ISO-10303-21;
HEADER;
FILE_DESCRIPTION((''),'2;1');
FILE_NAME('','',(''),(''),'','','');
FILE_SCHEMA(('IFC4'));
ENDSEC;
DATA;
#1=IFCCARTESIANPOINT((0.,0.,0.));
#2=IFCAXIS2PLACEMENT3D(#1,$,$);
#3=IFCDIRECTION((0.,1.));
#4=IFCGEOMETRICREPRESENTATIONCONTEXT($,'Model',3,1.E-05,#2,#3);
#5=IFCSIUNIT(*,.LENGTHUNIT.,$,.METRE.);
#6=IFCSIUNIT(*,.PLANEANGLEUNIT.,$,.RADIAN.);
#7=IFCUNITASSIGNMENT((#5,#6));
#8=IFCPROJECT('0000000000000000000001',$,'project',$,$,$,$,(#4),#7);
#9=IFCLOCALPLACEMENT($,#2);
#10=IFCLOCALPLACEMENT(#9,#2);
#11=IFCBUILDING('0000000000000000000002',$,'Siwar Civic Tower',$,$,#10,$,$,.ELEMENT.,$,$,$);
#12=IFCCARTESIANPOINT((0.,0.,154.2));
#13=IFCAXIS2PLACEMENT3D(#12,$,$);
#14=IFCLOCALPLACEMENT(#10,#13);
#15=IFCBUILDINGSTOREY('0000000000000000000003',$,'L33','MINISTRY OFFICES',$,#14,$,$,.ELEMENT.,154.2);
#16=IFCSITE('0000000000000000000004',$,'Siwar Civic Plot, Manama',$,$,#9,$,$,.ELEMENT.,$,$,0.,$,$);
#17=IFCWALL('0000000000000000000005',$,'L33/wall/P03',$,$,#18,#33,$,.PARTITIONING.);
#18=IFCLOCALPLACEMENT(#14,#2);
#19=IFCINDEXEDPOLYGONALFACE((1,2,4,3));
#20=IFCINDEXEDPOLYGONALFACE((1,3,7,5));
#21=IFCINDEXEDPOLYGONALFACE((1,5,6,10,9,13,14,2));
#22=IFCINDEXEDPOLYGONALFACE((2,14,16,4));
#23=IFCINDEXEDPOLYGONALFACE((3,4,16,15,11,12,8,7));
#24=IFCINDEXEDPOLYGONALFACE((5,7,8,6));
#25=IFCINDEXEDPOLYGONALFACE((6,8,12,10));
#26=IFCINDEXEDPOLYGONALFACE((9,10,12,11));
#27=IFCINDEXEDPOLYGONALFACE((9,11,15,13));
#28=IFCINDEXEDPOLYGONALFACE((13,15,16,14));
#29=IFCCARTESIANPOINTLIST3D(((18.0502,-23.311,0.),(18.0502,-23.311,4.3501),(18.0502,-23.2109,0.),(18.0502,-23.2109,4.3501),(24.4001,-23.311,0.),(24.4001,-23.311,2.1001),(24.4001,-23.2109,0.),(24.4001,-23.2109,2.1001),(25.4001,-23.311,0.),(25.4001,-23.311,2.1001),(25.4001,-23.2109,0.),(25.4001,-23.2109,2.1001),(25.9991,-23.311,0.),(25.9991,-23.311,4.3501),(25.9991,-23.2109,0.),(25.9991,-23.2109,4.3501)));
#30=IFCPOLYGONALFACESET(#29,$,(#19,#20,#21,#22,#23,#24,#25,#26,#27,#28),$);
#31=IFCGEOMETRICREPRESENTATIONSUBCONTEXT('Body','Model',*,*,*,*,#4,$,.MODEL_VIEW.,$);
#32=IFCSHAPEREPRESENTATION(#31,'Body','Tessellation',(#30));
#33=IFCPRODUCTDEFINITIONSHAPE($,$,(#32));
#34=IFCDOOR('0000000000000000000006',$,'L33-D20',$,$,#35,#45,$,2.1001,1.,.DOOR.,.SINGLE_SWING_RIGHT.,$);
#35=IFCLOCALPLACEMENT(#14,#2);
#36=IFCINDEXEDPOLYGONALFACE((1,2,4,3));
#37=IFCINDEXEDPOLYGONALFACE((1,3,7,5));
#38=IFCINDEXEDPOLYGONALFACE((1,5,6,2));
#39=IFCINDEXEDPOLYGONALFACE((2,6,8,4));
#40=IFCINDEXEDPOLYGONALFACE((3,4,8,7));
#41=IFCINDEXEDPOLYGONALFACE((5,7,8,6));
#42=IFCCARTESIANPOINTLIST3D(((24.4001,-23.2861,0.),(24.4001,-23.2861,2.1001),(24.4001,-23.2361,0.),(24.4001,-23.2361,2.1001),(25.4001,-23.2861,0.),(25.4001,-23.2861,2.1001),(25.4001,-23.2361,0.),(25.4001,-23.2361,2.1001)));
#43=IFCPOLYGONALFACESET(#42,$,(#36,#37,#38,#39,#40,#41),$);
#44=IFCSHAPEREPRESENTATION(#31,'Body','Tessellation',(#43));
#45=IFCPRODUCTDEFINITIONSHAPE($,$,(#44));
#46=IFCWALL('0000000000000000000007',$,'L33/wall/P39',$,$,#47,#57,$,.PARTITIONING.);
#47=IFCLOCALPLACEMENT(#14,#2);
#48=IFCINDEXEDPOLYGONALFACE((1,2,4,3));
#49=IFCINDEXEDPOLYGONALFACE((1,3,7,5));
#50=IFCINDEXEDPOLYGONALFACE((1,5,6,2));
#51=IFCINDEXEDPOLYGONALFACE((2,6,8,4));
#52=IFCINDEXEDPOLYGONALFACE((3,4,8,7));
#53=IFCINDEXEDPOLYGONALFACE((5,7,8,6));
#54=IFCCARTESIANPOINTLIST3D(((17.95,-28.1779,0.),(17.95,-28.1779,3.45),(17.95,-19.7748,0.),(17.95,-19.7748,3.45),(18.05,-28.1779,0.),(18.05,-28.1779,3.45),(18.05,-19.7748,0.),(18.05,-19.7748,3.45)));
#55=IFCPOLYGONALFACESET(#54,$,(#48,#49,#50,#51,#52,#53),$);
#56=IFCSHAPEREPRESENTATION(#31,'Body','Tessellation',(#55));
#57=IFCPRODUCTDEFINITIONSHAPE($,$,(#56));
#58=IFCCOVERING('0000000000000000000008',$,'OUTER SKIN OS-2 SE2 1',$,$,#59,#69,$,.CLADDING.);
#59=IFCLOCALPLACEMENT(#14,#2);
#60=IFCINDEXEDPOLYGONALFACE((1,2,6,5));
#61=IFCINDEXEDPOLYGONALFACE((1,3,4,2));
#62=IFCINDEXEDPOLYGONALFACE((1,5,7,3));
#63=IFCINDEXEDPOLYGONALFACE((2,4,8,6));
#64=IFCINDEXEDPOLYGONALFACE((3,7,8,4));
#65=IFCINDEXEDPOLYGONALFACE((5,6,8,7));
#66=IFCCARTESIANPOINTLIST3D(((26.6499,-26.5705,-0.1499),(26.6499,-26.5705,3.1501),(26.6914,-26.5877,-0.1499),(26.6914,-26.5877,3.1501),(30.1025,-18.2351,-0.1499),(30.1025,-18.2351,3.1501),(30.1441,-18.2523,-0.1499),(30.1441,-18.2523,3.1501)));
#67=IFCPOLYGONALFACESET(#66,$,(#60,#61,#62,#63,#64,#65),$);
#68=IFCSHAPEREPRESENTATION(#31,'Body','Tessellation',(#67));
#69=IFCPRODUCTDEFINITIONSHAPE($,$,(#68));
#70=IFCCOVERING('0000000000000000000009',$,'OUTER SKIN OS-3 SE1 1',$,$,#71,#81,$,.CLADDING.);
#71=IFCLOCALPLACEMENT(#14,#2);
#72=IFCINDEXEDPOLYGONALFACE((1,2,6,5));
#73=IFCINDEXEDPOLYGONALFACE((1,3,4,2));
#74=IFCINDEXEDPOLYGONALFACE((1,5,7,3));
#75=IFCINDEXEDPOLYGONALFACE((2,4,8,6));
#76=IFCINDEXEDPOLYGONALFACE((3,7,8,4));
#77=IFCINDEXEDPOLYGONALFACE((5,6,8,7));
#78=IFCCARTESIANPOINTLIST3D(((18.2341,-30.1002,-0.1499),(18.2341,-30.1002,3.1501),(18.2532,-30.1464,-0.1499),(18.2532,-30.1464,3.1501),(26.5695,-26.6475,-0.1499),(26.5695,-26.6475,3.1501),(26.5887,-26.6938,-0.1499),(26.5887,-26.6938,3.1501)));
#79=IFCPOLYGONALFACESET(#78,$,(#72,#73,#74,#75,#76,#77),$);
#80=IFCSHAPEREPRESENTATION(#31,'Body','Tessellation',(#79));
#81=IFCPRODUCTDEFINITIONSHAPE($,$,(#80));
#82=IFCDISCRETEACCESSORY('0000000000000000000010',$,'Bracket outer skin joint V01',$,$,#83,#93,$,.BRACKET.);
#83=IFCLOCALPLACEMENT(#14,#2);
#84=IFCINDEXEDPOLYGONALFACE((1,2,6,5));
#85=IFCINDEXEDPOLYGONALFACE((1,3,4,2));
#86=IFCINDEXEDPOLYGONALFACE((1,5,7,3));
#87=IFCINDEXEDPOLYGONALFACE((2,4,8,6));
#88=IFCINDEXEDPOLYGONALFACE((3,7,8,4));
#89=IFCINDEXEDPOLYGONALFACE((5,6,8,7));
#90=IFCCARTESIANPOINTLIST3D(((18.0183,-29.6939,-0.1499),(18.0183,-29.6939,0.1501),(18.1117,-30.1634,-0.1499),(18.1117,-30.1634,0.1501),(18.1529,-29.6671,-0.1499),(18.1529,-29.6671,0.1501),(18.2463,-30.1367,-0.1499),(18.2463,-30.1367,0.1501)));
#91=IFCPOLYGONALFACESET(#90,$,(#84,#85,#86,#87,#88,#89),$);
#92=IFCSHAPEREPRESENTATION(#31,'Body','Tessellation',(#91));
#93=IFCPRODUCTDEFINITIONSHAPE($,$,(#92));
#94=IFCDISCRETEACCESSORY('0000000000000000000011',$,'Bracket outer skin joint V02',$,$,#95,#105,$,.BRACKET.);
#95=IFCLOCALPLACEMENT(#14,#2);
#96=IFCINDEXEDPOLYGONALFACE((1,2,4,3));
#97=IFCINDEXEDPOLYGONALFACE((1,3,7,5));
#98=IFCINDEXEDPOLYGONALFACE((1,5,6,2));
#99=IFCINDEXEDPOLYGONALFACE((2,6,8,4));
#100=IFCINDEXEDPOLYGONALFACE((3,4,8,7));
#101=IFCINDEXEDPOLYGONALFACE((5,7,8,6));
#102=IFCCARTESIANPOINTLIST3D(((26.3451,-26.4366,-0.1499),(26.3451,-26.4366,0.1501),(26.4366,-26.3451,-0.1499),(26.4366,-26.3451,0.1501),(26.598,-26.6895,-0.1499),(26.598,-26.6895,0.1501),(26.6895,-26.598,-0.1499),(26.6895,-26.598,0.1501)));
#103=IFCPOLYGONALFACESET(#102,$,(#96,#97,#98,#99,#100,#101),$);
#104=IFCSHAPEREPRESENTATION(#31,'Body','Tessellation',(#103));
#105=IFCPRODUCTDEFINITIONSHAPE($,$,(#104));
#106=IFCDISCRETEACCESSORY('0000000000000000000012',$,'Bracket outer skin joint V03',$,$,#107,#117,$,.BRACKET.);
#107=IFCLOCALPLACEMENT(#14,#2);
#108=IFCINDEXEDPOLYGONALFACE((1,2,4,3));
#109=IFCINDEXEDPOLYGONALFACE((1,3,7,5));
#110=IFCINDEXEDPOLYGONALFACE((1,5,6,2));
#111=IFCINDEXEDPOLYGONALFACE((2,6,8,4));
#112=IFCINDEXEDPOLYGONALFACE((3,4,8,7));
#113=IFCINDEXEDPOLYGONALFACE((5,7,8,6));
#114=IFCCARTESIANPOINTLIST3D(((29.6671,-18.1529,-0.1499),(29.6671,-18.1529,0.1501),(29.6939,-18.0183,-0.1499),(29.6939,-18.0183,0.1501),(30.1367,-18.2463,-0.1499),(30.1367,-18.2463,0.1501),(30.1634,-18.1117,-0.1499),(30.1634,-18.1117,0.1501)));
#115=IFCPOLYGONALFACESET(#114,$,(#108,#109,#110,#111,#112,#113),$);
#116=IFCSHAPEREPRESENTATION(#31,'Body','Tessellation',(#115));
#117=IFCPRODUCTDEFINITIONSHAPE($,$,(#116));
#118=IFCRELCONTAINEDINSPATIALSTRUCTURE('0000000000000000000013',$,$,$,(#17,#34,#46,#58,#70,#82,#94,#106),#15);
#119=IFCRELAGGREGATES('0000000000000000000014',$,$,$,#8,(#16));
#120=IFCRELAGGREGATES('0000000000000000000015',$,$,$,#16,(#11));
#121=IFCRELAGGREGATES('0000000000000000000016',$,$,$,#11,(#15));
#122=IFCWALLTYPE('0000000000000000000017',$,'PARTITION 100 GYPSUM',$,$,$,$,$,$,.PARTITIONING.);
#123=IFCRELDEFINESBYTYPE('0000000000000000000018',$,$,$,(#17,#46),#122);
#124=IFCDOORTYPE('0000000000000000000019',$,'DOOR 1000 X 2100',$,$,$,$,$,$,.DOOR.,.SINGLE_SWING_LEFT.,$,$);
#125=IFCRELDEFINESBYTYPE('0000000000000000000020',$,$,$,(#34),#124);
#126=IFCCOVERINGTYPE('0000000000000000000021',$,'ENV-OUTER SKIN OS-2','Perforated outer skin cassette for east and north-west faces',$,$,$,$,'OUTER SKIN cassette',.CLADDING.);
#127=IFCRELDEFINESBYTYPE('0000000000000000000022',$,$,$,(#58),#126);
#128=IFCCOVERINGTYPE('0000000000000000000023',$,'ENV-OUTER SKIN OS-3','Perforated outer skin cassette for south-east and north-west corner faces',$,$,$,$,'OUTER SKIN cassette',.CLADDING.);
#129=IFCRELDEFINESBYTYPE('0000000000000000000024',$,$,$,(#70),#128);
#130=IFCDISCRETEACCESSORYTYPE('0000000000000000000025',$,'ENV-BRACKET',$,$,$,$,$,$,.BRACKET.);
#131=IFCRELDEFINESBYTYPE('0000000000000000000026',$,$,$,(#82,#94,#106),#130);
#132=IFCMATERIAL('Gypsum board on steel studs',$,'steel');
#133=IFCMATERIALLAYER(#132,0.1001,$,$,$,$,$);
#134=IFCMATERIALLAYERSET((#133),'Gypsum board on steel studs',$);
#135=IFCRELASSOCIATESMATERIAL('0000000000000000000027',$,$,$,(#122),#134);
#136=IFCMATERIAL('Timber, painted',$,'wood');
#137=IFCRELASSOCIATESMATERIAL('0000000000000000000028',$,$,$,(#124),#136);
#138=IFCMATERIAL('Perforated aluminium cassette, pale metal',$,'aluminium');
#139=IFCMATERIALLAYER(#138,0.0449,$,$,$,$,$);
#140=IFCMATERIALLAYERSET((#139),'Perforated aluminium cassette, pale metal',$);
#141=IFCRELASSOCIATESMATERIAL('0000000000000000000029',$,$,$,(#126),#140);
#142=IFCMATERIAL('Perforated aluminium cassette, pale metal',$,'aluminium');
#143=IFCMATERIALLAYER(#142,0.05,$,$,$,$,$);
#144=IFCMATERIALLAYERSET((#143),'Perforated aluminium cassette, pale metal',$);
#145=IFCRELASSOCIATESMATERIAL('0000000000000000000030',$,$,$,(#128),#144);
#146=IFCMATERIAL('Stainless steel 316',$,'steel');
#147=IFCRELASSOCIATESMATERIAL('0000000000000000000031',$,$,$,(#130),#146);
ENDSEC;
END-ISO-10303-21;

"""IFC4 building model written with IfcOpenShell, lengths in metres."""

from ifc_helpers import new_model, si_unit, direction, frame, frame_2d, origin, origin_2d, place, context, subcontext, project, spatial, rectangle, extrude, material, layer, layer_set, type_object, element, fill, save


model = new_model("IFC4")

# Units and contexts
model_context = context("Model", 3, precision=1e-05, world=origin(), true_north=direction((0.0, 1.0)))
body_context = subcontext(model_context, "Body", "Model", "MODEL_VIEW")
ifc_project = project(units=[si_unit("LENGTHUNIT", "METRE"), si_unit("PLANEANGLEUNIT", "RADIAN")], contexts=[model_context])

# Site, building, storey
site_placement = place(None, origin())
site = spatial("IfcSite", under=ifc_project, at=site_placement, Name="Siwar Civic Plot, Manama", CompositionType="ELEMENT", RefElevation=0.0)
building_placement = place(site_placement, origin())
building = spatial("IfcBuilding", under=site, at=building_placement, Name="Siwar Civic Tower", CompositionType="ELEMENT")
storey_placement = place(building_placement, frame((0.0, 0.0, 154.2)))
storey = spatial("IfcBuildingStorey", under=building, at=storey_placement, Name="L33", Description="MINISTRY OFFICES", CompositionType="ELEMENT", Elevation=154.2)

# Wall, opening, door
ifc_material_1 = material(Name="Gypsum board on steel studs", Category="steel")
ifc_layer_1 = layer(ifc_material_1, 0.1001)
ifc_layer_set_1 = layer_set([ifc_layer_1], Name="Gypsum board on steel studs")
wall_type = type_object("IfcWallType", Name="PARTITION 100 GYPSUM", PredefinedType="PARTITIONING", material=ifc_layer_set_1)
wall_1_placement = place(storey_placement, frame((18.05, -23.261, 0.0), z_axis=(0.0, 0.0, 1.0), x_axis=(1.0, 0.0, 0.0)))
wall_1 = element("IfcWall", 1, at=wall_1_placement, inside=storey, type_object=wall_type, Name="L33/wall/P03", PredefinedType="PARTITIONING", context=body_context, shape_type="SweptSolid", body=[
    extrude(rectangle(XDim=7.949, YDim=0.1001, at=frame_2d((3.9746, 0.0))), origin(), (0.0, 0.0, 1.0), 4.3501),
])
opening_placement = place(wall_1_placement, frame((6.3501, 0.0, 0.0)))
opening = element("IfcOpeningElement", 2, at=opening_placement, cuts=wall_1, PredefinedType="OPENING", context=body_context, shape_type="SweptSolid", body=[
    extrude(rectangle(XDim=1.0, YDim=2.1001, at=frame_2d((0.5, 1.05))), frame((0.0, 0.0601, 0.0), z_axis=(0.0, -1.0, 0.0), x_axis=(1.0, 0.0, 0.0)), (0.0, 0.0, 1.0), 0.1201),
])
ifc_material_2 = material(Name="Timber, painted", Category="wood")
door_type = type_object("IfcDoorType", Name="DOOR 1000 X 2100", OperationType="SINGLE_SWING_LEFT", PredefinedType="DOOR", material=ifc_material_2)
door_placement = place(opening_placement, origin())
door = element("IfcDoor", 3, at=door_placement, inside=storey, type_object=door_type, Name="L33-D20", OperationType="SINGLE_SWING_RIGHT", OverallHeight=2.1001, OverallWidth=1.0, PredefinedType="DOOR", context=body_context, shape_type="SweptSolid", body=[
    extrude(rectangle(XDim=1.0, YDim=2.1001, at=frame_2d((0.5, 1.05))), frame((0.0, 0.0249, 0.0), z_axis=(0.0, -1.0, 0.0), x_axis=(1.0, 0.0, 0.0)), (0.0, 0.0, 1.0), 0.05),
])
fill(opening, door)

# Wall
wall_2_placement = place(storey_placement, frame((18.0, -28.178, 0.0), z_axis=(0.0, 0.0, 1.0), x_axis=(0.0, 1.0, 0.0)))
element("IfcWall", 4, at=wall_2_placement, inside=storey, type_object=wall_type, Name="L33/wall/P39", PredefinedType="PARTITIONING", context=body_context, shape_type="SweptSolid", body=[
    extrude(rectangle(XDim=8.4031, YDim=0.1001, at=frame_2d((4.2017, 0.0))), origin(), (0.0, 0.0, 1.0), 3.45),
])

# Coverings
ifc_material_3 = material(Name="Perforated aluminium cassette, pale metal", Category="aluminium")
ifc_layer_2 = layer(ifc_material_3, 0.0449)
ifc_layer_set_2 = layer_set([ifc_layer_2], Name="Perforated aluminium cassette, pale metal")
covering_type_1 = type_object("IfcCoveringType", Name="ENV-OUTER SKIN OS-2", Description="Perforated outer skin cassette for east and north-west faces", ElementType="OUTER SKIN cassette", PredefinedType="CLADDING", material=ifc_layer_set_2)
covering_1_placement = place(storey_placement, frame((28.397, -22.4114, -0.1499), z_axis=(0.0, 0.0, 1.0), x_axis=(0.382683, 0.92388, 0.0)))
element("IfcCovering", 5, at=covering_1_placement, inside=storey, type_object=covering_type_1, Name="OUTER SKIN OS-2 SE2 1", PredefinedType="CLADDING", context=body_context, shape_type="SweptSolid", body=[
    extrude(rectangle(XDim=9.0222, YDim=0.0449, at=origin_2d()), origin(), (0.0, 0.0, 1.0), 3.3),
])
ifc_material_4 = material(Name="Perforated aluminium cassette, pale metal", Category="aluminium")
ifc_layer_3 = layer(ifc_material_4, 0.05)
ifc_layer_set_3 = layer_set([ifc_layer_3], Name="Perforated aluminium cassette, pale metal")
covering_type_2 = type_object("IfcCoveringType", Name="ENV-OUTER SKIN OS-3", Description="Perforated outer skin cassette for south-east and north-west corner faces", ElementType="OUTER SKIN cassette", PredefinedType="CLADDING", material=ifc_layer_set_3)
covering_2_placement = place(storey_placement, frame((22.4114, -28.397, -0.1499), z_axis=(0.0, 0.0, 1.0), x_axis=(0.92388, 0.382683, 0.0)))
element("IfcCovering", 6, at=covering_2_placement, inside=storey, type_object=covering_type_2, Name="OUTER SKIN OS-3 SE1 1", PredefinedType="CLADDING", context=body_context, shape_type="SweptSolid", body=[
    extrude(rectangle(XDim=9.0222, YDim=0.05, at=origin_2d()), origin(), (0.0, 0.0, 1.0), 3.3),
])

# Discrete accessories
ifc_material_5 = material(Name="Stainless steel 316", Category="steel")
discrete_accessory_type = type_object("IfcDiscreteAccessoryType", Name="ENV-BRACKET", PredefinedType="BRACKET", material=ifc_material_5)
discrete_accessory_1_placement = place(storey_placement, frame((18.1323, -29.9153, -0.1499), z_axis=(0.0, 0.0, 1.0), x_axis=(0.19509, -0.980785, 0.0)))
element("IfcDiscreteAccessory", 7, at=discrete_accessory_1_placement, inside=storey, type_object=discrete_accessory_type, Name="Bracket outer skin joint V01", PredefinedType="BRACKET", context=body_context, shape_type="SweptSolid", body=[
    extrude(rectangle(XDim=0.4788, YDim=0.1372, at=origin_2d()), origin(), (0.0, 0.0, 1.0), 0.3),
])
discrete_accessory_2_placement = place(storey_placement, frame((26.5173, -26.5173, -0.1499), z_axis=(0.0, 0.0, 1.0), x_axis=(0.707107, -0.707107, 0.0)))
element("IfcDiscreteAccessory", 8, at=discrete_accessory_2_placement, inside=storey, type_object=discrete_accessory_type, Name="Bracket outer skin joint V02", PredefinedType="BRACKET", context=body_context, shape_type="SweptSolid", body=[
    extrude(rectangle(XDim=0.3577, YDim=0.1294, at=origin_2d()), origin(), (0.0, 0.0, 1.0), 0.3),
])
discrete_accessory_3_placement = place(storey_placement, frame((29.9153, -18.1323, -0.1499), z_axis=(0.0, 0.0, 1.0), x_axis=(0.980785, -0.19509, 0.0)))
element("IfcDiscreteAccessory", 9, at=discrete_accessory_3_placement, inside=storey, type_object=discrete_accessory_type, Name="Bracket outer skin joint V03", PredefinedType="BRACKET", context=body_context, shape_type="SweptSolid", body=[
    extrude(rectangle(XDim=0.4788, YDim=0.1372, at=origin_2d()), origin(), (0.0, 0.0, 1.0), 0.3),
])

save(model, "model.ifc")
